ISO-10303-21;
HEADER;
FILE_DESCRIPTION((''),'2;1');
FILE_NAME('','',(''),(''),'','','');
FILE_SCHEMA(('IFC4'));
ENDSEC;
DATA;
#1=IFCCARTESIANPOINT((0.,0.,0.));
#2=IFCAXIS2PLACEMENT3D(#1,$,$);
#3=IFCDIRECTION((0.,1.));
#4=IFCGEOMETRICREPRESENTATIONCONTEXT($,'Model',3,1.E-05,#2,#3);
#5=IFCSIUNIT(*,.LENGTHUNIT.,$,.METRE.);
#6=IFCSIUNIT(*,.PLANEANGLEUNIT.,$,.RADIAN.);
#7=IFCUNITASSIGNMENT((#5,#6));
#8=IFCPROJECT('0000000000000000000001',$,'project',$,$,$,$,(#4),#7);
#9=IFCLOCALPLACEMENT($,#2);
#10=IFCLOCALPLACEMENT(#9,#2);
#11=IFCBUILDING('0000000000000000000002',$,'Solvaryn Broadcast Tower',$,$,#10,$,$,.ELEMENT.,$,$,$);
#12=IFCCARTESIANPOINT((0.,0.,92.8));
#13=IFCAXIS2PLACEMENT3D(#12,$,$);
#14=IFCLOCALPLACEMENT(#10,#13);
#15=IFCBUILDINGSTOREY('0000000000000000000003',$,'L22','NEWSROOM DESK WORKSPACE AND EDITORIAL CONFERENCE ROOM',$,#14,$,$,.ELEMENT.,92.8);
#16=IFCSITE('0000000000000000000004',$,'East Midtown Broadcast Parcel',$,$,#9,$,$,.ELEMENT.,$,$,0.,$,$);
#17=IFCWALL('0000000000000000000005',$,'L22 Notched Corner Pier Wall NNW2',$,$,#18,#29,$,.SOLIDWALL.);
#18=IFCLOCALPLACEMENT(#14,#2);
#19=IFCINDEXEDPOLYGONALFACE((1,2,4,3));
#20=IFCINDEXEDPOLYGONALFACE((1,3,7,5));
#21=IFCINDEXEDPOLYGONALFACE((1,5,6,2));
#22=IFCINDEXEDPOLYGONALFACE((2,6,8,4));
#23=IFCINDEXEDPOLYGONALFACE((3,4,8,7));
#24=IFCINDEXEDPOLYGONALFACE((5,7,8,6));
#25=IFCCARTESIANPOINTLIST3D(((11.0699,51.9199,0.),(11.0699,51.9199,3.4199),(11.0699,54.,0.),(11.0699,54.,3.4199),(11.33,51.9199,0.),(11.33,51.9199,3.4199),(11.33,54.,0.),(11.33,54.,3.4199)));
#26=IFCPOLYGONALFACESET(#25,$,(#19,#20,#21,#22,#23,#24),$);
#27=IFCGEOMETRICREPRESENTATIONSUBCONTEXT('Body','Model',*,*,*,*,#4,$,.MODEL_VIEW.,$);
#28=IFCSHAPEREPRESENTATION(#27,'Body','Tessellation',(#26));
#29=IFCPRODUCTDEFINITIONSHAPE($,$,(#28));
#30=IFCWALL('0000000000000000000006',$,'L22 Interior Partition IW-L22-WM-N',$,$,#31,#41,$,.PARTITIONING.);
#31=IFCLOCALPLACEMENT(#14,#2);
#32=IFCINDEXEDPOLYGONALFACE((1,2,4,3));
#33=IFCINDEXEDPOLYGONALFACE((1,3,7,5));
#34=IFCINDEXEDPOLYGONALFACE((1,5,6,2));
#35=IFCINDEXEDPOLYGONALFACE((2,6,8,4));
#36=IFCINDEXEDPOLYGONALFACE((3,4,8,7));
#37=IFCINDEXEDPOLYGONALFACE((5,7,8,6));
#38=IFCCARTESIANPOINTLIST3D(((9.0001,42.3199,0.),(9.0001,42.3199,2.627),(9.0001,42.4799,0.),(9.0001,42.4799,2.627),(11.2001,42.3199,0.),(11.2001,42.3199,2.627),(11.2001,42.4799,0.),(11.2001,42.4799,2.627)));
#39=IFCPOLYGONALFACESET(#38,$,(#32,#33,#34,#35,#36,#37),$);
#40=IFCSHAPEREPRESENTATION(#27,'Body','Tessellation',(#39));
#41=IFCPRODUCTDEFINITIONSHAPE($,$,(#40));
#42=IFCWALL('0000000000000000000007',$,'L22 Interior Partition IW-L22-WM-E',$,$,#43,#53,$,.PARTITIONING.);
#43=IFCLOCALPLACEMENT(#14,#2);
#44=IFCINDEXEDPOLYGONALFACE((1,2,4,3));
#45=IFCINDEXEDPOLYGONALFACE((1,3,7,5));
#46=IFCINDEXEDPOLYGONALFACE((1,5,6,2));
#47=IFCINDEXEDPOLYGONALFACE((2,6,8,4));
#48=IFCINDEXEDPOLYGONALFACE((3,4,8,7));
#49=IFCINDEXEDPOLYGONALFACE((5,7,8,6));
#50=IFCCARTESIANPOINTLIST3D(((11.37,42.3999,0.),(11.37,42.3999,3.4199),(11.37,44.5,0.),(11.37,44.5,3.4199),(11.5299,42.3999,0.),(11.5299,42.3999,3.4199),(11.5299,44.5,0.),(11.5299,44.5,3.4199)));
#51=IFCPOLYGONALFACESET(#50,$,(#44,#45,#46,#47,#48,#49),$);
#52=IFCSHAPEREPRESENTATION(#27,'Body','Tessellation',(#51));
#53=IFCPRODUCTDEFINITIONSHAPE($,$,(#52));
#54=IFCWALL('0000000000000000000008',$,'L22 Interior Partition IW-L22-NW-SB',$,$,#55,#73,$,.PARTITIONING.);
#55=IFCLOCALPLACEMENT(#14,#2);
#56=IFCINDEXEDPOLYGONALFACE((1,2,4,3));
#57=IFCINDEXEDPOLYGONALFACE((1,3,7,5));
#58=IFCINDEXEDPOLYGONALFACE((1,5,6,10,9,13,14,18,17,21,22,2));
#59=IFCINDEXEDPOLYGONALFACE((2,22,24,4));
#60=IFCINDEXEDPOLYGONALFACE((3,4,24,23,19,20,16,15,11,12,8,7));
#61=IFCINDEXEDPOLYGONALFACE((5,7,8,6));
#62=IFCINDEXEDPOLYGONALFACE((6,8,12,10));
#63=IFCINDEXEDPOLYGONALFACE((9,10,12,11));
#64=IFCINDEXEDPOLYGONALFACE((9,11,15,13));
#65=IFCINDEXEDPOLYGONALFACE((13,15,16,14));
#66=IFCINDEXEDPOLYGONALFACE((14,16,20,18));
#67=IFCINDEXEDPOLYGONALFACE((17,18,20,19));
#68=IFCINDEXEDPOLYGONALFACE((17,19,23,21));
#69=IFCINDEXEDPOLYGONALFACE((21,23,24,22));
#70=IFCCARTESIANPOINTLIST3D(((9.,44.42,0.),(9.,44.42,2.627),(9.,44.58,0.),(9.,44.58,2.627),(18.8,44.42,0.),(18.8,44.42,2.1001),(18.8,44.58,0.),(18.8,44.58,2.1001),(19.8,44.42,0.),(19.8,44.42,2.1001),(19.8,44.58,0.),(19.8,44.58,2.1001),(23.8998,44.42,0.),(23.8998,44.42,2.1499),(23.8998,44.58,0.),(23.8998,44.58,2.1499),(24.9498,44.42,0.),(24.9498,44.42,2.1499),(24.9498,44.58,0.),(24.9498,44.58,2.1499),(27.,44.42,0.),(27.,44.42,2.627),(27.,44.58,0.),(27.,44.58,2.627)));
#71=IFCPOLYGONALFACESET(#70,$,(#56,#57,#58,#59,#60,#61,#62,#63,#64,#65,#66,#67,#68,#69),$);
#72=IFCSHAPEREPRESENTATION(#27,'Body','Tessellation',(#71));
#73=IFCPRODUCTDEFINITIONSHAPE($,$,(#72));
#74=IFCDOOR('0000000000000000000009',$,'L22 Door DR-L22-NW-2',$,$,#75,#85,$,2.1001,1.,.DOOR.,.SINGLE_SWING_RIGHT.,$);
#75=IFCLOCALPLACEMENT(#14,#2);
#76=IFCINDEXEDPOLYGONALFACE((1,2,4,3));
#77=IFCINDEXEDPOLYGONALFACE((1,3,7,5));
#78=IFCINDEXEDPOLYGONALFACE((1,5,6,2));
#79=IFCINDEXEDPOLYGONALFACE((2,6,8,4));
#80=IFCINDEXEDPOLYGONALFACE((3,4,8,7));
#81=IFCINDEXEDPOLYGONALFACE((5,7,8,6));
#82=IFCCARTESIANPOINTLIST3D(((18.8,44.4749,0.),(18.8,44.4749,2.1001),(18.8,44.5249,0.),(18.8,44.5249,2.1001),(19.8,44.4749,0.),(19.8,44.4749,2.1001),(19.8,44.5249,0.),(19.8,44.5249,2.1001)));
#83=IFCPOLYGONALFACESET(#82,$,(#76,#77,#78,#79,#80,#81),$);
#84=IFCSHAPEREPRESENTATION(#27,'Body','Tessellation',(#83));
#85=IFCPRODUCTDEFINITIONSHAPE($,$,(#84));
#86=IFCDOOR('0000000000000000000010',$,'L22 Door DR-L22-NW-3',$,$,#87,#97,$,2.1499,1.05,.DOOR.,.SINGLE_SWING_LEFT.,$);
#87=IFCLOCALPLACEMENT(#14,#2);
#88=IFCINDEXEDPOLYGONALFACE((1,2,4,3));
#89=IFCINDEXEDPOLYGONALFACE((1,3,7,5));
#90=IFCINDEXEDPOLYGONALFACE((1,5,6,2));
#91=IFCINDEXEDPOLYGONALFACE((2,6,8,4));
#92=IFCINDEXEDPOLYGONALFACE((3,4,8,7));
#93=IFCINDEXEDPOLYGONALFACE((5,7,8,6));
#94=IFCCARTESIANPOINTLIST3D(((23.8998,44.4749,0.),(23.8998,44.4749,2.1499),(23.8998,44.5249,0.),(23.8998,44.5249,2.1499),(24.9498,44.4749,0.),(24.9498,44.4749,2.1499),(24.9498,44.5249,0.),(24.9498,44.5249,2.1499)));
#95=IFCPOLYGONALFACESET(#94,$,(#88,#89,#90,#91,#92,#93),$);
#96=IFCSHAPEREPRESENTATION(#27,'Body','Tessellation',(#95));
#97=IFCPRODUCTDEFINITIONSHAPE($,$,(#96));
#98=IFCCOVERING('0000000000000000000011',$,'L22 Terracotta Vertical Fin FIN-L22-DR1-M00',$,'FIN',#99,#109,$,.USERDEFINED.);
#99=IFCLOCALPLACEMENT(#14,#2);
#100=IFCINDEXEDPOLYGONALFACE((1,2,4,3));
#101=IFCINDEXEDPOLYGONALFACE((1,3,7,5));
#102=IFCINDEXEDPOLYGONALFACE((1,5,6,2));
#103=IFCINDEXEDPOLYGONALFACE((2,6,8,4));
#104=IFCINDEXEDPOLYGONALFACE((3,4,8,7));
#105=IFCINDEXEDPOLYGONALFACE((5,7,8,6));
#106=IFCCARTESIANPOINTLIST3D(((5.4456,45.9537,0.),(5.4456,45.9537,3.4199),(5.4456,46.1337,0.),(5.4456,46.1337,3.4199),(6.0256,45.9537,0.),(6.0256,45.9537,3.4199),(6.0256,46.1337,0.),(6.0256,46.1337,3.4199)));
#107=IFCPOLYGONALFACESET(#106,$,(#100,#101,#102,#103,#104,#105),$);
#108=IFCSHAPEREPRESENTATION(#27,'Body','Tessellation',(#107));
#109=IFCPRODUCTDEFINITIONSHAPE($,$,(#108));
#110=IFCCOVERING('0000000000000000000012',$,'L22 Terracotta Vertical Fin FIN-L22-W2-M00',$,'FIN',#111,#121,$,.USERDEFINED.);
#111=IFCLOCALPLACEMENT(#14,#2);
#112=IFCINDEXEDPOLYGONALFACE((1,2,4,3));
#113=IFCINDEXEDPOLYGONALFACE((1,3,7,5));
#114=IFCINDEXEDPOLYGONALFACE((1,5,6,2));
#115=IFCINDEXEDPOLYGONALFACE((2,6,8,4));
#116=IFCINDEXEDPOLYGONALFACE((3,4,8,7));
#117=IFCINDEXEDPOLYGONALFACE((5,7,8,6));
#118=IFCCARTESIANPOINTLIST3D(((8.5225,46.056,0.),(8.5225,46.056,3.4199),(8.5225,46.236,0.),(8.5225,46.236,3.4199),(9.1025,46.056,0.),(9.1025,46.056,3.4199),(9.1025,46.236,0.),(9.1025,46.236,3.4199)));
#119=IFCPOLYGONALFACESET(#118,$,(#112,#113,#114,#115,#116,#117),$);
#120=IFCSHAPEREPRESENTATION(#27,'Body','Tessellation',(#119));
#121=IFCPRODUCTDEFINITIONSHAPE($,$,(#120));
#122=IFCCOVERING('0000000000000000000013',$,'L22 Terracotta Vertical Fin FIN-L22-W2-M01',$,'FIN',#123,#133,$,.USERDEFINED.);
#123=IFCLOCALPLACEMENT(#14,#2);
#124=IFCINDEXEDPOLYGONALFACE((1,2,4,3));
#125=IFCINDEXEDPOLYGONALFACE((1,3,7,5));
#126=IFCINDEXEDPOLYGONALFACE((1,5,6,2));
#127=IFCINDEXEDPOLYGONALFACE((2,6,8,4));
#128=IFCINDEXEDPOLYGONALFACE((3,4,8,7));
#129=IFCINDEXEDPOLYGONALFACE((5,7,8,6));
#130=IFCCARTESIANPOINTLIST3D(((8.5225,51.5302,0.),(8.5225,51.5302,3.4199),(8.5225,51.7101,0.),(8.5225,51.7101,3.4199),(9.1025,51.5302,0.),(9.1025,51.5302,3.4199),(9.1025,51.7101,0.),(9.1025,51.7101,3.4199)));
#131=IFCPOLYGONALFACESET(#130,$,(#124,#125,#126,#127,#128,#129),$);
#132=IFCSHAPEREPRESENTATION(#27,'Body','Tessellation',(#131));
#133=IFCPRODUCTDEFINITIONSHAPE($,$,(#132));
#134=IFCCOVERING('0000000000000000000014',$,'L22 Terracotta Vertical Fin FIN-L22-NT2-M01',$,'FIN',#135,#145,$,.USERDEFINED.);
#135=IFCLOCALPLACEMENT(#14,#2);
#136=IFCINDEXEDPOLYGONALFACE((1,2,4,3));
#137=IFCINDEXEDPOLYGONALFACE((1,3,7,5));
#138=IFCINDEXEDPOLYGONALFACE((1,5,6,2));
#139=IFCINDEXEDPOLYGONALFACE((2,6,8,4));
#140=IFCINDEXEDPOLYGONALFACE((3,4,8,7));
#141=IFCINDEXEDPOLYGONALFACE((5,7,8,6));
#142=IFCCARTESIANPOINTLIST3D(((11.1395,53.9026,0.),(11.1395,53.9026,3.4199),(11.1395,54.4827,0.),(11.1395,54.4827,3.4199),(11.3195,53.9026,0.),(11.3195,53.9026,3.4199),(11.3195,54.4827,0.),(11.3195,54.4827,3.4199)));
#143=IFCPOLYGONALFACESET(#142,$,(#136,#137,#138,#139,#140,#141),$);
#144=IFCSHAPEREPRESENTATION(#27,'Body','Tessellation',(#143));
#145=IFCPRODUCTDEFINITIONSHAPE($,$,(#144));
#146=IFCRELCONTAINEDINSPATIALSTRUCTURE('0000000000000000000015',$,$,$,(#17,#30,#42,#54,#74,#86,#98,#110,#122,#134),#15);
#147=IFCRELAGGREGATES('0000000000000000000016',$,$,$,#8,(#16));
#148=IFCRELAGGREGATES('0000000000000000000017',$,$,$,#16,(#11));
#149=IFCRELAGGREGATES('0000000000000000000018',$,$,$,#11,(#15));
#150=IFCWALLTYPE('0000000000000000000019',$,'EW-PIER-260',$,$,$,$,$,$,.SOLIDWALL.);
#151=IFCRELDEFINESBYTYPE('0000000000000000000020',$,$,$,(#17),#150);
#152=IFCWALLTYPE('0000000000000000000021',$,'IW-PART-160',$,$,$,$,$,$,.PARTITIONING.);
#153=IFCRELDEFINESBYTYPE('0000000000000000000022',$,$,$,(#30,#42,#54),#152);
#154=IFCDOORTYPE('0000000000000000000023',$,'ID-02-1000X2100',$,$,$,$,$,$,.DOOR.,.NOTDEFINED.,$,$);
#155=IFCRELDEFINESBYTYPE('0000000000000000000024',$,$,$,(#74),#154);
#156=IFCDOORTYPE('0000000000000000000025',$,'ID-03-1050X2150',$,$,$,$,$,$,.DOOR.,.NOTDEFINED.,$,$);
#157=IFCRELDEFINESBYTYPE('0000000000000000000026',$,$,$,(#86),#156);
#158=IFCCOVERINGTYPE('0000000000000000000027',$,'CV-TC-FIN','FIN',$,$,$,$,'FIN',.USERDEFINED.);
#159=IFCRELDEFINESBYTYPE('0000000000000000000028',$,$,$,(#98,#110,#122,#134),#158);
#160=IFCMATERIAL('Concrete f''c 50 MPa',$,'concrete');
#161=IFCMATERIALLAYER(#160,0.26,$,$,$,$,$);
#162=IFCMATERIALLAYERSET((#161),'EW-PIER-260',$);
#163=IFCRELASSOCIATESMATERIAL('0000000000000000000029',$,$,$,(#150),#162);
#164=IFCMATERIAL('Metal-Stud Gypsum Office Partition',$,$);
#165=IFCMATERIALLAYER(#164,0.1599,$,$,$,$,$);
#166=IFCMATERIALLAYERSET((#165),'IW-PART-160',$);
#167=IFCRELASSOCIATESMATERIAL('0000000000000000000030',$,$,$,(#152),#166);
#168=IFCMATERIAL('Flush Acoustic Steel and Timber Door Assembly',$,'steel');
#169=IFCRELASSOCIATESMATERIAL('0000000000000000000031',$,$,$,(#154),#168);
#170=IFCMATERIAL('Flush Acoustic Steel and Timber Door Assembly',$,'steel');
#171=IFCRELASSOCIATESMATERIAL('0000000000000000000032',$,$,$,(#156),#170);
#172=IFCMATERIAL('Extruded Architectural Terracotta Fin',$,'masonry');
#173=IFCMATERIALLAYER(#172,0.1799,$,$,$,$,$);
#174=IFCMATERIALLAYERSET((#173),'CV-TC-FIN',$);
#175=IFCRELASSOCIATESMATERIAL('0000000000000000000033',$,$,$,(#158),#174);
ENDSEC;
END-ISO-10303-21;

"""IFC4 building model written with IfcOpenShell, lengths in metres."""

from ifc_helpers import new_model, si_unit, direction, frame, frame_2d, origin, origin_2d, place, context, subcontext, project, spatial, rectangle, extrude, material, layer, layer_set, type_object, element, fill, save


model = new_model("IFC4")

# Units and contexts
model_context = context("Model", 3, precision=1e-05, world=origin(), true_north=direction((0.0, 1.0)))
body_context = subcontext(model_context, "Body", "Model", "MODEL_VIEW")
ifc_project = project(units=[si_unit("LENGTHUNIT", "METRE"), si_unit("PLANEANGLEUNIT", "RADIAN")], contexts=[model_context])

# Site, building, storey
site_placement = place(None, origin())
site = spatial("IfcSite", under=ifc_project, at=site_placement, Name="East Midtown Broadcast Parcel", CompositionType="ELEMENT", RefElevation=0.0)
building_placement = place(site_placement, origin())
building = spatial("IfcBuilding", under=site, at=building_placement, Name="Solvaryn Broadcast Tower", CompositionType="ELEMENT")
storey_placement = place(building_placement, frame((0.0, 0.0, 92.8)))
storey = spatial("IfcBuildingStorey", under=building, at=storey_placement, Name="L22", Description="NEWSROOM DESK WORKSPACE AND EDITORIAL CONFERENCE ROOM", CompositionType="ELEMENT", Elevation=92.8)

# Walls
ifc_material_1 = material(Name="Concrete f'c 50 MPa", Category="concrete")
ifc_layer_1 = layer(ifc_material_1, 0.26)
ifc_layer_set_1 = layer_set([ifc_layer_1], Name="EW-PIER-260")
wall_type_1 = type_object("IfcWallType", Name="EW-PIER-260", PredefinedType="SOLIDWALL", material=ifc_layer_set_1)
wall_1_placement = place(storey_placement, frame((11.2, 51.9199, 0.0), z_axis=(0.0, 0.0, 1.0), x_axis=(0.0, 1.0, 0.0)))
element("IfcWall", 1, at=wall_1_placement, inside=storey, type_object=wall_type_1, Name="L22 Notched Corner Pier Wall NNW2", PredefinedType="SOLIDWALL", context=body_context, shape_type="SweptSolid", body=[
    extrude(rectangle(XDim=2.0801, YDim=0.26, at=frame_2d((1.04, 0.0))), origin(), (0.0, 0.0, 1.0), 3.4199),
])
ifc_material_2 = material(Name="Metal-Stud Gypsum Office Partition")
ifc_layer_2 = layer(ifc_material_2, 0.1599)
ifc_layer_set_2 = layer_set([ifc_layer_2], Name="IW-PART-160")
wall_type_2 = type_object("IfcWallType", Name="IW-PART-160", PredefinedType="PARTITIONING", material=ifc_layer_set_2)
wall_2_placement = place(storey_placement, frame((9.0, 42.3999, 0.0), z_axis=(0.0, 0.0, 1.0), x_axis=(1.0, 0.0, 0.0)))
element("IfcWall", 2, at=wall_2_placement, inside=storey, type_object=wall_type_2, Name="L22 Interior Partition IW-L22-WM-N", PredefinedType="PARTITIONING", context=body_context, shape_type="SweptSolid", body=[
    extrude(rectangle(XDim=2.2, YDim=0.1599, at=frame_2d((1.1001, 0.0))), origin(), (0.0, 0.0, 1.0), 2.627),
])
wall_3_placement = place(storey_placement, frame((11.45, 42.3999, 0.0), z_axis=(0.0, 0.0, 1.0), x_axis=(0.0, 1.0, 0.0)))
element("IfcWall", 3, at=wall_3_placement, inside=storey, type_object=wall_type_2, Name="L22 Interior Partition IW-L22-WM-E", PredefinedType="PARTITIONING", context=body_context, shape_type="SweptSolid", body=[
    extrude(rectangle(XDim=2.1001, YDim=0.1599, at=frame_2d((1.05, 0.0))), origin(), (0.0, 0.0, 1.0), 3.4199),
])

# Wall, openings, doors
wall_4_placement = place(storey_placement, frame((9.0, 44.5, 0.0), z_axis=(0.0, 0.0, 1.0), x_axis=(1.0, 0.0, 0.0)))
wall_4 = element("IfcWall", 4, at=wall_4_placement, inside=storey, type_object=wall_type_2, Name="L22 Interior Partition IW-L22-NW-SB", PredefinedType="PARTITIONING", context=body_context, shape_type="SweptSolid", body=[
    extrude(rectangle(XDim=18.0, YDim=0.1599, at=frame_2d((9.0, 0.0))), origin(), (0.0, 0.0, 1.0), 2.627),
])
opening_1_placement = place(wall_4_placement, frame((9.8, 0.0, 0.0)))
opening_1 = element("IfcOpeningElement", 5, at=opening_1_placement, cuts=wall_4, PredefinedType="OPENING", context=body_context, shape_type="SweptSolid", body=[
    extrude(rectangle(XDim=1.0, YDim=2.1001, at=frame_2d((0.5, 1.05))), frame((0.0, 0.0901, 0.0), z_axis=(0.0, -1.0, 0.0), x_axis=(1.0, 0.0, 0.0)), (0.0, 0.0, 1.0), 0.1799),
])
opening_2_placement = place(wall_4_placement, frame((14.8999, 0.0, 0.0)))
opening_2 = element("IfcOpeningElement", 6, at=opening_2_placement, cuts=wall_4, PredefinedType="OPENING", context=body_context, shape_type="SweptSolid", body=[
    extrude(rectangle(XDim=1.05, YDim=2.1499, at=frame_2d((0.5249, 1.075))), frame((0.0, 0.0901, 0.0), z_axis=(0.0, -1.0, 0.0), x_axis=(1.0, 0.0, 0.0)), (0.0, 0.0, 1.0), 0.1799),
])
ifc_material_3 = material(Name="Flush Acoustic Steel and Timber Door Assembly", Category="steel")
door_type_1 = type_object("IfcDoorType", Name="ID-02-1000X2100", OperationType="NOTDEFINED", PredefinedType="DOOR", material=ifc_material_3)
door_1_placement = place(opening_1_placement, origin())
door_1 = element("IfcDoor", 7, at=door_1_placement, inside=storey, type_object=door_type_1, Name="L22 Door DR-L22-NW-2", OperationType="SINGLE_SWING_RIGHT", OverallHeight=2.1001, OverallWidth=1.0, PredefinedType="DOOR", context=body_context, shape_type="SweptSolid", body=[
    extrude(rectangle(XDim=1.0, YDim=2.1001, at=frame_2d((0.5, 1.05))), frame((0.0, 0.0249, 0.0), z_axis=(0.0, -1.0, 0.0), x_axis=(1.0, 0.0, 0.0)), (0.0, 0.0, 1.0), 0.05),
])
fill(opening_1, door_1)
ifc_material_4 = material(Name="Flush Acoustic Steel and Timber Door Assembly", Category="steel")
door_type_2 = type_object("IfcDoorType", Name="ID-03-1050X2150", OperationType="NOTDEFINED", PredefinedType="DOOR", material=ifc_material_4)
door_2_placement = place(opening_2_placement, origin())
door_2 = element("IfcDoor", 8, at=door_2_placement, inside=storey, type_object=door_type_2, Name="L22 Door DR-L22-NW-3", OperationType="SINGLE_SWING_LEFT", OverallHeight=2.1499, OverallWidth=1.05, PredefinedType="DOOR", context=body_context, shape_type="SweptSolid", body=[
    extrude(rectangle(XDim=1.05, YDim=2.1499, at=frame_2d((0.5249, 1.075))), frame((0.0, 0.0249, 0.0), z_axis=(0.0, -1.0, 0.0), x_axis=(1.0, 0.0, 0.0)), (0.0, 0.0, 1.0), 0.05),
])
fill(opening_2, door_2)

# Coverings
ifc_material_5 = material(Name="Extruded Architectural Terracotta Fin", Category="masonry")
ifc_layer_3 = layer(ifc_material_5, 0.1799)
ifc_layer_set_3 = layer_set([ifc_layer_3], Name="CV-TC-FIN")
covering_type = type_object("IfcCoveringType", Name="CV-TC-FIN", Description="FIN", ElementType="FIN", PredefinedType="USERDEFINED", material=ifc_layer_set_3)
for number, where, z_axis, x_axis, name in (
    (9, (5.7356, 46.0437, 0.0), (0.0, 0.0, 1.0), (1.0, 0.0, 0.0), "L22 Terracotta Vertical Fin FIN-L22-DR1-M00"),
    (10, (8.8125, 46.146, 0.0), (0.0, 0.0, 1.0), (1.0, 0.0, 0.0), "L22 Terracotta Vertical Fin FIN-L22-W2-M00"),
    (11, (8.8125, 51.6201, 0.0), (0.0, 0.0, 1.0), (1.0, 0.0, 0.0), "L22 Terracotta Vertical Fin FIN-L22-W2-M01"),
):
    element("IfcCovering", number, at=place(storey_placement, frame(where, z_axis=z_axis, x_axis=x_axis)), inside=storey, type_object=covering_type, Name=name, ObjectType="FIN", PredefinedType="USERDEFINED", context=body_context, shape_type="SweptSolid", body=[
        extrude(rectangle(XDim=0.5801, YDim=0.1799, at=origin_2d()), origin(), (0.0, 0.0, 1.0), 3.4199),
    ])
covering_placement = place(storey_placement, frame((11.2295, 54.1926, 0.0), z_axis=(0.0, 0.0, 1.0), x_axis=(1.0, 0.0, 0.0)))
element("IfcCovering", 12, at=covering_placement, inside=storey, type_object=covering_type, Name="L22 Terracotta Vertical Fin FIN-L22-NT2-M01", ObjectType="FIN", PredefinedType="USERDEFINED", context=body_context, shape_type="SweptSolid", body=[
    extrude(rectangle(XDim=0.1799, YDim=0.5801, at=origin_2d()), origin(), (0.0, 0.0, 1.0), 3.4199),
])

save(model, "model.ifc")
